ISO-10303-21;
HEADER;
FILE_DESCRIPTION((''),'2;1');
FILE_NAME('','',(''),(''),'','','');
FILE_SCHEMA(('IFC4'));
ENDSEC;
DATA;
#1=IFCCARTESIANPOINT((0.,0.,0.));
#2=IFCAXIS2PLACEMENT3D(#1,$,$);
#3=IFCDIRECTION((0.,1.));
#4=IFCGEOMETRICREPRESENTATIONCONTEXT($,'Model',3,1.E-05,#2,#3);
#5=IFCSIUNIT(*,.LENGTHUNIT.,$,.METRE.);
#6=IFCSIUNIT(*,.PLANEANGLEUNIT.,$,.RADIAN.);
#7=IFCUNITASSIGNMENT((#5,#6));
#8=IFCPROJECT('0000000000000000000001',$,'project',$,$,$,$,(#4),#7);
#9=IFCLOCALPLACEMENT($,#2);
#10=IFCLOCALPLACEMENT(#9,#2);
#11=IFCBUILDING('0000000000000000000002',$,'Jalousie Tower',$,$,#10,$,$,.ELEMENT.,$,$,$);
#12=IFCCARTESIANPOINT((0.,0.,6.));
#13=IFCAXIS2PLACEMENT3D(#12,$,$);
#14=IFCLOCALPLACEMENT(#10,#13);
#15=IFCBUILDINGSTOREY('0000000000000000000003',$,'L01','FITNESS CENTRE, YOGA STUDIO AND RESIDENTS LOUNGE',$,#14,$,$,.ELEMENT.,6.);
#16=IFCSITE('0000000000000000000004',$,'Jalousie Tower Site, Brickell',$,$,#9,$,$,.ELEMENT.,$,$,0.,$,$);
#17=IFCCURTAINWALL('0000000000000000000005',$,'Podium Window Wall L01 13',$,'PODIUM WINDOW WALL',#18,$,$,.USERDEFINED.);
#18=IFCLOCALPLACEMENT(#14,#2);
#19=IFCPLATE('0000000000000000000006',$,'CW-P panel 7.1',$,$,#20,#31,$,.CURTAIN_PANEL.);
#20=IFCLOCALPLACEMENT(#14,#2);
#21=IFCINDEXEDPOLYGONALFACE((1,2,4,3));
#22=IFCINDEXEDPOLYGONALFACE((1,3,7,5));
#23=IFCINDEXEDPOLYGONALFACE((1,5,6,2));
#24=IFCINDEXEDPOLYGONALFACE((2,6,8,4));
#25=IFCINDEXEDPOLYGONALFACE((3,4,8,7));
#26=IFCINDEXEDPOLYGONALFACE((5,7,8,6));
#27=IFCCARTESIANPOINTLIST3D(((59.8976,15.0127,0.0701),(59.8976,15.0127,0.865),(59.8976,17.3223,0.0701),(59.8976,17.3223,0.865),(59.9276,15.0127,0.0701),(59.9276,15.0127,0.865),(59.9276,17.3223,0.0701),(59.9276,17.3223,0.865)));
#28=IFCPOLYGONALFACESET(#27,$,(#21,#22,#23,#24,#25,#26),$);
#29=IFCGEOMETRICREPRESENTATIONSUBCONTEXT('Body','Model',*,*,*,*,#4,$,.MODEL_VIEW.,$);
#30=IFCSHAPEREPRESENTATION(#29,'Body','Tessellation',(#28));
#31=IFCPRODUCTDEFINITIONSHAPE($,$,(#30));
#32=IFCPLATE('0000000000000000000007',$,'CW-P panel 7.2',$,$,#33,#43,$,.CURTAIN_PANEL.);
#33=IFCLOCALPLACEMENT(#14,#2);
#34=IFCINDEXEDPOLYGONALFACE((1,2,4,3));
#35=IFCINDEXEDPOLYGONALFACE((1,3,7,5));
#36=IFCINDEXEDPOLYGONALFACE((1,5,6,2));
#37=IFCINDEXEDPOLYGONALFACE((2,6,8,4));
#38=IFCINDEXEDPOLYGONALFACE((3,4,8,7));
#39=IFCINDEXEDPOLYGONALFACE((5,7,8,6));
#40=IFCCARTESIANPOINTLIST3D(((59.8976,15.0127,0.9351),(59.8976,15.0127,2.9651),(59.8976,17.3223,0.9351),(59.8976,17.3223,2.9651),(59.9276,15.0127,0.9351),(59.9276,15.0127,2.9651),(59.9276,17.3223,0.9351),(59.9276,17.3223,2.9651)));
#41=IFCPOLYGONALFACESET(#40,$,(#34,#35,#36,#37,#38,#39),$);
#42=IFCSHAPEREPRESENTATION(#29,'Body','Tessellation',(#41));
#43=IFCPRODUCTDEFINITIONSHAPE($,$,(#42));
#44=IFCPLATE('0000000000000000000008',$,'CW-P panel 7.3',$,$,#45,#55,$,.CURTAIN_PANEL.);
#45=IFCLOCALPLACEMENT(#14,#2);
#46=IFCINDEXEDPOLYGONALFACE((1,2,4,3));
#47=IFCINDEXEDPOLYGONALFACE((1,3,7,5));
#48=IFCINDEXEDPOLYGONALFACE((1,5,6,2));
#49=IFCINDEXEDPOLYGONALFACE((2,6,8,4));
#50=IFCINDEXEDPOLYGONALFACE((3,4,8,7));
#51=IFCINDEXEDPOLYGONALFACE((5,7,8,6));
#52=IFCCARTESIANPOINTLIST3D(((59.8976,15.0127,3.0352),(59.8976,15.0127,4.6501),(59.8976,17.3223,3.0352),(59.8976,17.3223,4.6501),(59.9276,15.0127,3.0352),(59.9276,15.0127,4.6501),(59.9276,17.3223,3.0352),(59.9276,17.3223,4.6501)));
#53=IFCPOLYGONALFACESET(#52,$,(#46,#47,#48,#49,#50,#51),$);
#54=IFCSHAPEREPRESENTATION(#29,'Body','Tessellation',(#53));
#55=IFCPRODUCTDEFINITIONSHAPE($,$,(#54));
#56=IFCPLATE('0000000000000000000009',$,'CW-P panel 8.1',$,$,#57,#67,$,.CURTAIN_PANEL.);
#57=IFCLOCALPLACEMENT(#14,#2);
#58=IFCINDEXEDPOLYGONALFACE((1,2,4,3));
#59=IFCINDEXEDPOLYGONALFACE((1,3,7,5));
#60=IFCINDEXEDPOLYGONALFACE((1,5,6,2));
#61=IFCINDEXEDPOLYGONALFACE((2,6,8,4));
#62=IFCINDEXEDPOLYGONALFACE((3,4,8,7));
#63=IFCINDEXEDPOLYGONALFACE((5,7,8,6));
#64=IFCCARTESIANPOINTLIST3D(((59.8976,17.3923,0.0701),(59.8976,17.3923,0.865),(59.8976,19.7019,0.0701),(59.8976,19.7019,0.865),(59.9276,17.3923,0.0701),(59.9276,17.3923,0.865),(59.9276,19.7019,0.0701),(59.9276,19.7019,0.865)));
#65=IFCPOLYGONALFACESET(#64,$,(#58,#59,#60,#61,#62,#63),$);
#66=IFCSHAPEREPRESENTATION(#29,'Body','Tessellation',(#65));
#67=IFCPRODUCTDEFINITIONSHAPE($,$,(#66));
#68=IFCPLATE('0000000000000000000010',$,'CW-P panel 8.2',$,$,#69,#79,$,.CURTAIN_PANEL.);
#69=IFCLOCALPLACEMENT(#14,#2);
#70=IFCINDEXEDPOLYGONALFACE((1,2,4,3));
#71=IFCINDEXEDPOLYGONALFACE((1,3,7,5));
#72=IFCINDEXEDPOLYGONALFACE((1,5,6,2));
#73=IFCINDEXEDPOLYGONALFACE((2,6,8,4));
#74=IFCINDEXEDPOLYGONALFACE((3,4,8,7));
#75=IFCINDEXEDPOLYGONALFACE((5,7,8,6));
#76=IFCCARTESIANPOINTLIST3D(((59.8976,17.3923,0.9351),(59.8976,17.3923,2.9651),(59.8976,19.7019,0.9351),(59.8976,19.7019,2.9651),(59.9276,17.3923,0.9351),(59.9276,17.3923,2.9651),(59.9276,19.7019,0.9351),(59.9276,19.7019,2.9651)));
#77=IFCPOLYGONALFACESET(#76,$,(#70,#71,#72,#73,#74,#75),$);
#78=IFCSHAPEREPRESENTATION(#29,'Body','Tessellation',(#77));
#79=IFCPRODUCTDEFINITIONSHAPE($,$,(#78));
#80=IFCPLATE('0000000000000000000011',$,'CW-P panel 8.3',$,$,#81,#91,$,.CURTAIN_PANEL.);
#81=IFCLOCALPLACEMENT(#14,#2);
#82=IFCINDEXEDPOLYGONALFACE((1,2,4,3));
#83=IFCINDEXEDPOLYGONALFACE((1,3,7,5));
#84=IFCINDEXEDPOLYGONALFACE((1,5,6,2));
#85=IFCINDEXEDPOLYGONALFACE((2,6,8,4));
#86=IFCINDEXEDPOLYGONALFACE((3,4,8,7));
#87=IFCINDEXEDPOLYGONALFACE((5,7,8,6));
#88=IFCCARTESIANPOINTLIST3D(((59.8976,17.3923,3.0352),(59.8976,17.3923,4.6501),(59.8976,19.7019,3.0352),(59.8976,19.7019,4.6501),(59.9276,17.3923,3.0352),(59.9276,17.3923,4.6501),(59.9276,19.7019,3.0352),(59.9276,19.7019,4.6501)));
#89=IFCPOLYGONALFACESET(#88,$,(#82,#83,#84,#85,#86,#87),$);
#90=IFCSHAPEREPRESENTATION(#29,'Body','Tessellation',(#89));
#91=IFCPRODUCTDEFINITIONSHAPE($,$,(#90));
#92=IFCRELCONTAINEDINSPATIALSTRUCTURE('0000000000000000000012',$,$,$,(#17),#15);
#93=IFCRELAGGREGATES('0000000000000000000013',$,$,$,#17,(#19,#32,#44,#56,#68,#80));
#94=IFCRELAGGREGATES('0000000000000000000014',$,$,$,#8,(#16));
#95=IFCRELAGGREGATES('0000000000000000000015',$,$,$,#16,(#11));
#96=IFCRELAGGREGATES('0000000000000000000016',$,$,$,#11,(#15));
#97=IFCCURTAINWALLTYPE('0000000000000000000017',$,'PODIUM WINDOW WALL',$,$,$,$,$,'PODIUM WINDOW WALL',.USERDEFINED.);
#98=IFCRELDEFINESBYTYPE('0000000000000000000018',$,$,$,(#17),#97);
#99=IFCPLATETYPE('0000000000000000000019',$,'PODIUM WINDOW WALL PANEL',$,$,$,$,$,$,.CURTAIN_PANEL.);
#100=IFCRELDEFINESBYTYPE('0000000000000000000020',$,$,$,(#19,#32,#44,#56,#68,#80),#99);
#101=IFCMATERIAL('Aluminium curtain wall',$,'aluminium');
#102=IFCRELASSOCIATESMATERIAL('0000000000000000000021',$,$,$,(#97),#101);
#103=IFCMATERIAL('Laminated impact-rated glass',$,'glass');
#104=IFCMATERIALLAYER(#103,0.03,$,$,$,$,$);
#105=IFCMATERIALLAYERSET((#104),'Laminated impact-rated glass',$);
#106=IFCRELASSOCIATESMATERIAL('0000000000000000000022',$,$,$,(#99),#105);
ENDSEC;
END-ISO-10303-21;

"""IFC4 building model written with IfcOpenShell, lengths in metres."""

from ifc_helpers import new_model, si_unit, direction, frame, origin, origin_2d, place, context, subcontext, project, spatial, rectangle, extrude, material, layer, layer_set, type_object, element, aggregate, save


model = new_model("IFC4")

# Units and contexts
model_context = context("Model", 3, precision=1e-05, world=origin(), true_north=direction((0.0, 1.0)))
body_context = subcontext(model_context, "Body", "Model", "MODEL_VIEW")
ifc_project = project(units=[si_unit("LENGTHUNIT", "METRE"), si_unit("PLANEANGLEUNIT", "RADIAN")], contexts=[model_context])

# Site, building, storey
site_placement = place(None, origin())
site = spatial("IfcSite", under=ifc_project, at=site_placement, Name="Jalousie Tower Site, Brickell", CompositionType="ELEMENT", RefElevation=0.0)
building_placement = place(site_placement, origin())
building = spatial("IfcBuilding", under=site, at=building_placement, Name="Jalousie Tower", CompositionType="ELEMENT")
storey_placement = place(building_placement, frame((0.0, 0.0, 6.0)))
storey = spatial("IfcBuildingStorey", under=building, at=storey_placement, Name="L01", Description="FITNESS CENTRE, YOGA STUDIO AND RESIDENTS LOUNGE", CompositionType="ELEMENT", Elevation=6.0)

# Curtain wall
ifc_material_1 = material(Name="Aluminium curtain wall", Category="aluminium")
curtain_wall_type = type_object("IfcCurtainWallType", Name="PODIUM WINDOW WALL", ElementType="PODIUM WINDOW WALL", PredefinedType="USERDEFINED", material=ifc_material_1)
curtain_wall_placement = place(storey_placement, origin())
curtain_wall = element("IfcCurtainWall", 1, at=curtain_wall_placement, inside=storey, type_object=curtain_wall_type, Name="Podium Window Wall L01 13", ObjectType="PODIUM WINDOW WALL", PredefinedType="USERDEFINED")

# Plates
ifc_material_2 = material(Name="Laminated impact-rated glass", Category="glass")
ifc_layer = layer(ifc_material_2, 0.03)
ifc_layer_set = layer_set([ifc_layer], Name="Laminated impact-rated glass")
plate_type = type_object("IfcPlateType", Name="PODIUM WINDOW WALL PANEL", PredefinedType="CURTAIN_PANEL", material=ifc_layer_set)
plate_1_placement = place(storey_placement, frame((59.9126, 16.1675, 0.0701), z_axis=(0.0, 0.0, 1.0), x_axis=(0.0, 1.0, 0.0)))
plate_1 = element("IfcPlate", 2, at=plate_1_placement, type_object=plate_type, Name="CW-P panel 7.1", PredefinedType="CURTAIN_PANEL", context=body_context, shape_type="SweptSolid", body=[
    extrude(rectangle(XDim=2.3096, YDim=0.03, at=origin_2d()), origin(), (0.0, 0.0, 1.0), 0.7949),
])
plate_2_placement = place(storey_placement, frame((59.9126, 16.1675, 0.9351), z_axis=(0.0, 0.0, 1.0), x_axis=(0.0, 1.0, 0.0)))
plate_2 = element("IfcPlate", 3, at=plate_2_placement, type_object=plate_type, Name="CW-P panel 7.2", PredefinedType="CURTAIN_PANEL", context=body_context, shape_type="SweptSolid", body=[
    extrude(rectangle(XDim=2.3096, YDim=0.03, at=origin_2d()), origin(), (0.0, 0.0, 1.0), 2.03),
])
plate_3_placement = place(storey_placement, frame((59.9126, 16.1675, 3.0352), z_axis=(0.0, 0.0, 1.0), x_axis=(0.0, 1.0, 0.0)))
plate_3 = element("IfcPlate", 4, at=plate_3_placement, type_object=plate_type, Name="CW-P panel 7.3", PredefinedType="CURTAIN_PANEL", context=body_context, shape_type="SweptSolid", body=[
    extrude(rectangle(XDim=2.3096, YDim=0.03, at=origin_2d()), origin(), (0.0, 0.0, 1.0), 1.615),
])
plate_4_placement = place(storey_placement, frame((59.9126, 18.5471, 0.0701), z_axis=(0.0, 0.0, 1.0), x_axis=(0.0, 1.0, 0.0)))
plate_4 = element("IfcPlate", 5, at=plate_4_placement, type_object=plate_type, Name="CW-P panel 8.1", PredefinedType="CURTAIN_PANEL", context=body_context, shape_type="SweptSolid", body=[
    extrude(rectangle(XDim=2.3096, YDim=0.03, at=origin_2d()), origin(), (0.0, 0.0, 1.0), 0.7949),
])
plate_5_placement = place(storey_placement, frame((59.9126, 18.5471, 0.9351), z_axis=(0.0, 0.0, 1.0), x_axis=(0.0, 1.0, 0.0)))
plate_5 = element("IfcPlate", 6, at=plate_5_placement, type_object=plate_type, Name="CW-P panel 8.2", PredefinedType="CURTAIN_PANEL", context=body_context, shape_type="SweptSolid", body=[
    extrude(rectangle(XDim=2.3096, YDim=0.03, at=origin_2d()), origin(), (0.0, 0.0, 1.0), 2.03),
])
plate_6_placement = place(storey_placement, frame((59.9126, 18.5471, 3.0352), z_axis=(0.0, 0.0, 1.0), x_axis=(0.0, 1.0, 0.0)))
plate_6 = element("IfcPlate", 7, at=plate_6_placement, type_object=plate_type, Name="CW-P panel 8.3", PredefinedType="CURTAIN_PANEL", context=body_context, shape_type="SweptSolid", body=[
    extrude(rectangle(XDim=2.3096, YDim=0.03, at=origin_2d()), origin(), (0.0, 0.0, 1.0), 1.615),
])
aggregate(curtain_wall, [plate_1, plate_2, plate_3, plate_4, plate_5, plate_6])

save(model, "model.ifc")
